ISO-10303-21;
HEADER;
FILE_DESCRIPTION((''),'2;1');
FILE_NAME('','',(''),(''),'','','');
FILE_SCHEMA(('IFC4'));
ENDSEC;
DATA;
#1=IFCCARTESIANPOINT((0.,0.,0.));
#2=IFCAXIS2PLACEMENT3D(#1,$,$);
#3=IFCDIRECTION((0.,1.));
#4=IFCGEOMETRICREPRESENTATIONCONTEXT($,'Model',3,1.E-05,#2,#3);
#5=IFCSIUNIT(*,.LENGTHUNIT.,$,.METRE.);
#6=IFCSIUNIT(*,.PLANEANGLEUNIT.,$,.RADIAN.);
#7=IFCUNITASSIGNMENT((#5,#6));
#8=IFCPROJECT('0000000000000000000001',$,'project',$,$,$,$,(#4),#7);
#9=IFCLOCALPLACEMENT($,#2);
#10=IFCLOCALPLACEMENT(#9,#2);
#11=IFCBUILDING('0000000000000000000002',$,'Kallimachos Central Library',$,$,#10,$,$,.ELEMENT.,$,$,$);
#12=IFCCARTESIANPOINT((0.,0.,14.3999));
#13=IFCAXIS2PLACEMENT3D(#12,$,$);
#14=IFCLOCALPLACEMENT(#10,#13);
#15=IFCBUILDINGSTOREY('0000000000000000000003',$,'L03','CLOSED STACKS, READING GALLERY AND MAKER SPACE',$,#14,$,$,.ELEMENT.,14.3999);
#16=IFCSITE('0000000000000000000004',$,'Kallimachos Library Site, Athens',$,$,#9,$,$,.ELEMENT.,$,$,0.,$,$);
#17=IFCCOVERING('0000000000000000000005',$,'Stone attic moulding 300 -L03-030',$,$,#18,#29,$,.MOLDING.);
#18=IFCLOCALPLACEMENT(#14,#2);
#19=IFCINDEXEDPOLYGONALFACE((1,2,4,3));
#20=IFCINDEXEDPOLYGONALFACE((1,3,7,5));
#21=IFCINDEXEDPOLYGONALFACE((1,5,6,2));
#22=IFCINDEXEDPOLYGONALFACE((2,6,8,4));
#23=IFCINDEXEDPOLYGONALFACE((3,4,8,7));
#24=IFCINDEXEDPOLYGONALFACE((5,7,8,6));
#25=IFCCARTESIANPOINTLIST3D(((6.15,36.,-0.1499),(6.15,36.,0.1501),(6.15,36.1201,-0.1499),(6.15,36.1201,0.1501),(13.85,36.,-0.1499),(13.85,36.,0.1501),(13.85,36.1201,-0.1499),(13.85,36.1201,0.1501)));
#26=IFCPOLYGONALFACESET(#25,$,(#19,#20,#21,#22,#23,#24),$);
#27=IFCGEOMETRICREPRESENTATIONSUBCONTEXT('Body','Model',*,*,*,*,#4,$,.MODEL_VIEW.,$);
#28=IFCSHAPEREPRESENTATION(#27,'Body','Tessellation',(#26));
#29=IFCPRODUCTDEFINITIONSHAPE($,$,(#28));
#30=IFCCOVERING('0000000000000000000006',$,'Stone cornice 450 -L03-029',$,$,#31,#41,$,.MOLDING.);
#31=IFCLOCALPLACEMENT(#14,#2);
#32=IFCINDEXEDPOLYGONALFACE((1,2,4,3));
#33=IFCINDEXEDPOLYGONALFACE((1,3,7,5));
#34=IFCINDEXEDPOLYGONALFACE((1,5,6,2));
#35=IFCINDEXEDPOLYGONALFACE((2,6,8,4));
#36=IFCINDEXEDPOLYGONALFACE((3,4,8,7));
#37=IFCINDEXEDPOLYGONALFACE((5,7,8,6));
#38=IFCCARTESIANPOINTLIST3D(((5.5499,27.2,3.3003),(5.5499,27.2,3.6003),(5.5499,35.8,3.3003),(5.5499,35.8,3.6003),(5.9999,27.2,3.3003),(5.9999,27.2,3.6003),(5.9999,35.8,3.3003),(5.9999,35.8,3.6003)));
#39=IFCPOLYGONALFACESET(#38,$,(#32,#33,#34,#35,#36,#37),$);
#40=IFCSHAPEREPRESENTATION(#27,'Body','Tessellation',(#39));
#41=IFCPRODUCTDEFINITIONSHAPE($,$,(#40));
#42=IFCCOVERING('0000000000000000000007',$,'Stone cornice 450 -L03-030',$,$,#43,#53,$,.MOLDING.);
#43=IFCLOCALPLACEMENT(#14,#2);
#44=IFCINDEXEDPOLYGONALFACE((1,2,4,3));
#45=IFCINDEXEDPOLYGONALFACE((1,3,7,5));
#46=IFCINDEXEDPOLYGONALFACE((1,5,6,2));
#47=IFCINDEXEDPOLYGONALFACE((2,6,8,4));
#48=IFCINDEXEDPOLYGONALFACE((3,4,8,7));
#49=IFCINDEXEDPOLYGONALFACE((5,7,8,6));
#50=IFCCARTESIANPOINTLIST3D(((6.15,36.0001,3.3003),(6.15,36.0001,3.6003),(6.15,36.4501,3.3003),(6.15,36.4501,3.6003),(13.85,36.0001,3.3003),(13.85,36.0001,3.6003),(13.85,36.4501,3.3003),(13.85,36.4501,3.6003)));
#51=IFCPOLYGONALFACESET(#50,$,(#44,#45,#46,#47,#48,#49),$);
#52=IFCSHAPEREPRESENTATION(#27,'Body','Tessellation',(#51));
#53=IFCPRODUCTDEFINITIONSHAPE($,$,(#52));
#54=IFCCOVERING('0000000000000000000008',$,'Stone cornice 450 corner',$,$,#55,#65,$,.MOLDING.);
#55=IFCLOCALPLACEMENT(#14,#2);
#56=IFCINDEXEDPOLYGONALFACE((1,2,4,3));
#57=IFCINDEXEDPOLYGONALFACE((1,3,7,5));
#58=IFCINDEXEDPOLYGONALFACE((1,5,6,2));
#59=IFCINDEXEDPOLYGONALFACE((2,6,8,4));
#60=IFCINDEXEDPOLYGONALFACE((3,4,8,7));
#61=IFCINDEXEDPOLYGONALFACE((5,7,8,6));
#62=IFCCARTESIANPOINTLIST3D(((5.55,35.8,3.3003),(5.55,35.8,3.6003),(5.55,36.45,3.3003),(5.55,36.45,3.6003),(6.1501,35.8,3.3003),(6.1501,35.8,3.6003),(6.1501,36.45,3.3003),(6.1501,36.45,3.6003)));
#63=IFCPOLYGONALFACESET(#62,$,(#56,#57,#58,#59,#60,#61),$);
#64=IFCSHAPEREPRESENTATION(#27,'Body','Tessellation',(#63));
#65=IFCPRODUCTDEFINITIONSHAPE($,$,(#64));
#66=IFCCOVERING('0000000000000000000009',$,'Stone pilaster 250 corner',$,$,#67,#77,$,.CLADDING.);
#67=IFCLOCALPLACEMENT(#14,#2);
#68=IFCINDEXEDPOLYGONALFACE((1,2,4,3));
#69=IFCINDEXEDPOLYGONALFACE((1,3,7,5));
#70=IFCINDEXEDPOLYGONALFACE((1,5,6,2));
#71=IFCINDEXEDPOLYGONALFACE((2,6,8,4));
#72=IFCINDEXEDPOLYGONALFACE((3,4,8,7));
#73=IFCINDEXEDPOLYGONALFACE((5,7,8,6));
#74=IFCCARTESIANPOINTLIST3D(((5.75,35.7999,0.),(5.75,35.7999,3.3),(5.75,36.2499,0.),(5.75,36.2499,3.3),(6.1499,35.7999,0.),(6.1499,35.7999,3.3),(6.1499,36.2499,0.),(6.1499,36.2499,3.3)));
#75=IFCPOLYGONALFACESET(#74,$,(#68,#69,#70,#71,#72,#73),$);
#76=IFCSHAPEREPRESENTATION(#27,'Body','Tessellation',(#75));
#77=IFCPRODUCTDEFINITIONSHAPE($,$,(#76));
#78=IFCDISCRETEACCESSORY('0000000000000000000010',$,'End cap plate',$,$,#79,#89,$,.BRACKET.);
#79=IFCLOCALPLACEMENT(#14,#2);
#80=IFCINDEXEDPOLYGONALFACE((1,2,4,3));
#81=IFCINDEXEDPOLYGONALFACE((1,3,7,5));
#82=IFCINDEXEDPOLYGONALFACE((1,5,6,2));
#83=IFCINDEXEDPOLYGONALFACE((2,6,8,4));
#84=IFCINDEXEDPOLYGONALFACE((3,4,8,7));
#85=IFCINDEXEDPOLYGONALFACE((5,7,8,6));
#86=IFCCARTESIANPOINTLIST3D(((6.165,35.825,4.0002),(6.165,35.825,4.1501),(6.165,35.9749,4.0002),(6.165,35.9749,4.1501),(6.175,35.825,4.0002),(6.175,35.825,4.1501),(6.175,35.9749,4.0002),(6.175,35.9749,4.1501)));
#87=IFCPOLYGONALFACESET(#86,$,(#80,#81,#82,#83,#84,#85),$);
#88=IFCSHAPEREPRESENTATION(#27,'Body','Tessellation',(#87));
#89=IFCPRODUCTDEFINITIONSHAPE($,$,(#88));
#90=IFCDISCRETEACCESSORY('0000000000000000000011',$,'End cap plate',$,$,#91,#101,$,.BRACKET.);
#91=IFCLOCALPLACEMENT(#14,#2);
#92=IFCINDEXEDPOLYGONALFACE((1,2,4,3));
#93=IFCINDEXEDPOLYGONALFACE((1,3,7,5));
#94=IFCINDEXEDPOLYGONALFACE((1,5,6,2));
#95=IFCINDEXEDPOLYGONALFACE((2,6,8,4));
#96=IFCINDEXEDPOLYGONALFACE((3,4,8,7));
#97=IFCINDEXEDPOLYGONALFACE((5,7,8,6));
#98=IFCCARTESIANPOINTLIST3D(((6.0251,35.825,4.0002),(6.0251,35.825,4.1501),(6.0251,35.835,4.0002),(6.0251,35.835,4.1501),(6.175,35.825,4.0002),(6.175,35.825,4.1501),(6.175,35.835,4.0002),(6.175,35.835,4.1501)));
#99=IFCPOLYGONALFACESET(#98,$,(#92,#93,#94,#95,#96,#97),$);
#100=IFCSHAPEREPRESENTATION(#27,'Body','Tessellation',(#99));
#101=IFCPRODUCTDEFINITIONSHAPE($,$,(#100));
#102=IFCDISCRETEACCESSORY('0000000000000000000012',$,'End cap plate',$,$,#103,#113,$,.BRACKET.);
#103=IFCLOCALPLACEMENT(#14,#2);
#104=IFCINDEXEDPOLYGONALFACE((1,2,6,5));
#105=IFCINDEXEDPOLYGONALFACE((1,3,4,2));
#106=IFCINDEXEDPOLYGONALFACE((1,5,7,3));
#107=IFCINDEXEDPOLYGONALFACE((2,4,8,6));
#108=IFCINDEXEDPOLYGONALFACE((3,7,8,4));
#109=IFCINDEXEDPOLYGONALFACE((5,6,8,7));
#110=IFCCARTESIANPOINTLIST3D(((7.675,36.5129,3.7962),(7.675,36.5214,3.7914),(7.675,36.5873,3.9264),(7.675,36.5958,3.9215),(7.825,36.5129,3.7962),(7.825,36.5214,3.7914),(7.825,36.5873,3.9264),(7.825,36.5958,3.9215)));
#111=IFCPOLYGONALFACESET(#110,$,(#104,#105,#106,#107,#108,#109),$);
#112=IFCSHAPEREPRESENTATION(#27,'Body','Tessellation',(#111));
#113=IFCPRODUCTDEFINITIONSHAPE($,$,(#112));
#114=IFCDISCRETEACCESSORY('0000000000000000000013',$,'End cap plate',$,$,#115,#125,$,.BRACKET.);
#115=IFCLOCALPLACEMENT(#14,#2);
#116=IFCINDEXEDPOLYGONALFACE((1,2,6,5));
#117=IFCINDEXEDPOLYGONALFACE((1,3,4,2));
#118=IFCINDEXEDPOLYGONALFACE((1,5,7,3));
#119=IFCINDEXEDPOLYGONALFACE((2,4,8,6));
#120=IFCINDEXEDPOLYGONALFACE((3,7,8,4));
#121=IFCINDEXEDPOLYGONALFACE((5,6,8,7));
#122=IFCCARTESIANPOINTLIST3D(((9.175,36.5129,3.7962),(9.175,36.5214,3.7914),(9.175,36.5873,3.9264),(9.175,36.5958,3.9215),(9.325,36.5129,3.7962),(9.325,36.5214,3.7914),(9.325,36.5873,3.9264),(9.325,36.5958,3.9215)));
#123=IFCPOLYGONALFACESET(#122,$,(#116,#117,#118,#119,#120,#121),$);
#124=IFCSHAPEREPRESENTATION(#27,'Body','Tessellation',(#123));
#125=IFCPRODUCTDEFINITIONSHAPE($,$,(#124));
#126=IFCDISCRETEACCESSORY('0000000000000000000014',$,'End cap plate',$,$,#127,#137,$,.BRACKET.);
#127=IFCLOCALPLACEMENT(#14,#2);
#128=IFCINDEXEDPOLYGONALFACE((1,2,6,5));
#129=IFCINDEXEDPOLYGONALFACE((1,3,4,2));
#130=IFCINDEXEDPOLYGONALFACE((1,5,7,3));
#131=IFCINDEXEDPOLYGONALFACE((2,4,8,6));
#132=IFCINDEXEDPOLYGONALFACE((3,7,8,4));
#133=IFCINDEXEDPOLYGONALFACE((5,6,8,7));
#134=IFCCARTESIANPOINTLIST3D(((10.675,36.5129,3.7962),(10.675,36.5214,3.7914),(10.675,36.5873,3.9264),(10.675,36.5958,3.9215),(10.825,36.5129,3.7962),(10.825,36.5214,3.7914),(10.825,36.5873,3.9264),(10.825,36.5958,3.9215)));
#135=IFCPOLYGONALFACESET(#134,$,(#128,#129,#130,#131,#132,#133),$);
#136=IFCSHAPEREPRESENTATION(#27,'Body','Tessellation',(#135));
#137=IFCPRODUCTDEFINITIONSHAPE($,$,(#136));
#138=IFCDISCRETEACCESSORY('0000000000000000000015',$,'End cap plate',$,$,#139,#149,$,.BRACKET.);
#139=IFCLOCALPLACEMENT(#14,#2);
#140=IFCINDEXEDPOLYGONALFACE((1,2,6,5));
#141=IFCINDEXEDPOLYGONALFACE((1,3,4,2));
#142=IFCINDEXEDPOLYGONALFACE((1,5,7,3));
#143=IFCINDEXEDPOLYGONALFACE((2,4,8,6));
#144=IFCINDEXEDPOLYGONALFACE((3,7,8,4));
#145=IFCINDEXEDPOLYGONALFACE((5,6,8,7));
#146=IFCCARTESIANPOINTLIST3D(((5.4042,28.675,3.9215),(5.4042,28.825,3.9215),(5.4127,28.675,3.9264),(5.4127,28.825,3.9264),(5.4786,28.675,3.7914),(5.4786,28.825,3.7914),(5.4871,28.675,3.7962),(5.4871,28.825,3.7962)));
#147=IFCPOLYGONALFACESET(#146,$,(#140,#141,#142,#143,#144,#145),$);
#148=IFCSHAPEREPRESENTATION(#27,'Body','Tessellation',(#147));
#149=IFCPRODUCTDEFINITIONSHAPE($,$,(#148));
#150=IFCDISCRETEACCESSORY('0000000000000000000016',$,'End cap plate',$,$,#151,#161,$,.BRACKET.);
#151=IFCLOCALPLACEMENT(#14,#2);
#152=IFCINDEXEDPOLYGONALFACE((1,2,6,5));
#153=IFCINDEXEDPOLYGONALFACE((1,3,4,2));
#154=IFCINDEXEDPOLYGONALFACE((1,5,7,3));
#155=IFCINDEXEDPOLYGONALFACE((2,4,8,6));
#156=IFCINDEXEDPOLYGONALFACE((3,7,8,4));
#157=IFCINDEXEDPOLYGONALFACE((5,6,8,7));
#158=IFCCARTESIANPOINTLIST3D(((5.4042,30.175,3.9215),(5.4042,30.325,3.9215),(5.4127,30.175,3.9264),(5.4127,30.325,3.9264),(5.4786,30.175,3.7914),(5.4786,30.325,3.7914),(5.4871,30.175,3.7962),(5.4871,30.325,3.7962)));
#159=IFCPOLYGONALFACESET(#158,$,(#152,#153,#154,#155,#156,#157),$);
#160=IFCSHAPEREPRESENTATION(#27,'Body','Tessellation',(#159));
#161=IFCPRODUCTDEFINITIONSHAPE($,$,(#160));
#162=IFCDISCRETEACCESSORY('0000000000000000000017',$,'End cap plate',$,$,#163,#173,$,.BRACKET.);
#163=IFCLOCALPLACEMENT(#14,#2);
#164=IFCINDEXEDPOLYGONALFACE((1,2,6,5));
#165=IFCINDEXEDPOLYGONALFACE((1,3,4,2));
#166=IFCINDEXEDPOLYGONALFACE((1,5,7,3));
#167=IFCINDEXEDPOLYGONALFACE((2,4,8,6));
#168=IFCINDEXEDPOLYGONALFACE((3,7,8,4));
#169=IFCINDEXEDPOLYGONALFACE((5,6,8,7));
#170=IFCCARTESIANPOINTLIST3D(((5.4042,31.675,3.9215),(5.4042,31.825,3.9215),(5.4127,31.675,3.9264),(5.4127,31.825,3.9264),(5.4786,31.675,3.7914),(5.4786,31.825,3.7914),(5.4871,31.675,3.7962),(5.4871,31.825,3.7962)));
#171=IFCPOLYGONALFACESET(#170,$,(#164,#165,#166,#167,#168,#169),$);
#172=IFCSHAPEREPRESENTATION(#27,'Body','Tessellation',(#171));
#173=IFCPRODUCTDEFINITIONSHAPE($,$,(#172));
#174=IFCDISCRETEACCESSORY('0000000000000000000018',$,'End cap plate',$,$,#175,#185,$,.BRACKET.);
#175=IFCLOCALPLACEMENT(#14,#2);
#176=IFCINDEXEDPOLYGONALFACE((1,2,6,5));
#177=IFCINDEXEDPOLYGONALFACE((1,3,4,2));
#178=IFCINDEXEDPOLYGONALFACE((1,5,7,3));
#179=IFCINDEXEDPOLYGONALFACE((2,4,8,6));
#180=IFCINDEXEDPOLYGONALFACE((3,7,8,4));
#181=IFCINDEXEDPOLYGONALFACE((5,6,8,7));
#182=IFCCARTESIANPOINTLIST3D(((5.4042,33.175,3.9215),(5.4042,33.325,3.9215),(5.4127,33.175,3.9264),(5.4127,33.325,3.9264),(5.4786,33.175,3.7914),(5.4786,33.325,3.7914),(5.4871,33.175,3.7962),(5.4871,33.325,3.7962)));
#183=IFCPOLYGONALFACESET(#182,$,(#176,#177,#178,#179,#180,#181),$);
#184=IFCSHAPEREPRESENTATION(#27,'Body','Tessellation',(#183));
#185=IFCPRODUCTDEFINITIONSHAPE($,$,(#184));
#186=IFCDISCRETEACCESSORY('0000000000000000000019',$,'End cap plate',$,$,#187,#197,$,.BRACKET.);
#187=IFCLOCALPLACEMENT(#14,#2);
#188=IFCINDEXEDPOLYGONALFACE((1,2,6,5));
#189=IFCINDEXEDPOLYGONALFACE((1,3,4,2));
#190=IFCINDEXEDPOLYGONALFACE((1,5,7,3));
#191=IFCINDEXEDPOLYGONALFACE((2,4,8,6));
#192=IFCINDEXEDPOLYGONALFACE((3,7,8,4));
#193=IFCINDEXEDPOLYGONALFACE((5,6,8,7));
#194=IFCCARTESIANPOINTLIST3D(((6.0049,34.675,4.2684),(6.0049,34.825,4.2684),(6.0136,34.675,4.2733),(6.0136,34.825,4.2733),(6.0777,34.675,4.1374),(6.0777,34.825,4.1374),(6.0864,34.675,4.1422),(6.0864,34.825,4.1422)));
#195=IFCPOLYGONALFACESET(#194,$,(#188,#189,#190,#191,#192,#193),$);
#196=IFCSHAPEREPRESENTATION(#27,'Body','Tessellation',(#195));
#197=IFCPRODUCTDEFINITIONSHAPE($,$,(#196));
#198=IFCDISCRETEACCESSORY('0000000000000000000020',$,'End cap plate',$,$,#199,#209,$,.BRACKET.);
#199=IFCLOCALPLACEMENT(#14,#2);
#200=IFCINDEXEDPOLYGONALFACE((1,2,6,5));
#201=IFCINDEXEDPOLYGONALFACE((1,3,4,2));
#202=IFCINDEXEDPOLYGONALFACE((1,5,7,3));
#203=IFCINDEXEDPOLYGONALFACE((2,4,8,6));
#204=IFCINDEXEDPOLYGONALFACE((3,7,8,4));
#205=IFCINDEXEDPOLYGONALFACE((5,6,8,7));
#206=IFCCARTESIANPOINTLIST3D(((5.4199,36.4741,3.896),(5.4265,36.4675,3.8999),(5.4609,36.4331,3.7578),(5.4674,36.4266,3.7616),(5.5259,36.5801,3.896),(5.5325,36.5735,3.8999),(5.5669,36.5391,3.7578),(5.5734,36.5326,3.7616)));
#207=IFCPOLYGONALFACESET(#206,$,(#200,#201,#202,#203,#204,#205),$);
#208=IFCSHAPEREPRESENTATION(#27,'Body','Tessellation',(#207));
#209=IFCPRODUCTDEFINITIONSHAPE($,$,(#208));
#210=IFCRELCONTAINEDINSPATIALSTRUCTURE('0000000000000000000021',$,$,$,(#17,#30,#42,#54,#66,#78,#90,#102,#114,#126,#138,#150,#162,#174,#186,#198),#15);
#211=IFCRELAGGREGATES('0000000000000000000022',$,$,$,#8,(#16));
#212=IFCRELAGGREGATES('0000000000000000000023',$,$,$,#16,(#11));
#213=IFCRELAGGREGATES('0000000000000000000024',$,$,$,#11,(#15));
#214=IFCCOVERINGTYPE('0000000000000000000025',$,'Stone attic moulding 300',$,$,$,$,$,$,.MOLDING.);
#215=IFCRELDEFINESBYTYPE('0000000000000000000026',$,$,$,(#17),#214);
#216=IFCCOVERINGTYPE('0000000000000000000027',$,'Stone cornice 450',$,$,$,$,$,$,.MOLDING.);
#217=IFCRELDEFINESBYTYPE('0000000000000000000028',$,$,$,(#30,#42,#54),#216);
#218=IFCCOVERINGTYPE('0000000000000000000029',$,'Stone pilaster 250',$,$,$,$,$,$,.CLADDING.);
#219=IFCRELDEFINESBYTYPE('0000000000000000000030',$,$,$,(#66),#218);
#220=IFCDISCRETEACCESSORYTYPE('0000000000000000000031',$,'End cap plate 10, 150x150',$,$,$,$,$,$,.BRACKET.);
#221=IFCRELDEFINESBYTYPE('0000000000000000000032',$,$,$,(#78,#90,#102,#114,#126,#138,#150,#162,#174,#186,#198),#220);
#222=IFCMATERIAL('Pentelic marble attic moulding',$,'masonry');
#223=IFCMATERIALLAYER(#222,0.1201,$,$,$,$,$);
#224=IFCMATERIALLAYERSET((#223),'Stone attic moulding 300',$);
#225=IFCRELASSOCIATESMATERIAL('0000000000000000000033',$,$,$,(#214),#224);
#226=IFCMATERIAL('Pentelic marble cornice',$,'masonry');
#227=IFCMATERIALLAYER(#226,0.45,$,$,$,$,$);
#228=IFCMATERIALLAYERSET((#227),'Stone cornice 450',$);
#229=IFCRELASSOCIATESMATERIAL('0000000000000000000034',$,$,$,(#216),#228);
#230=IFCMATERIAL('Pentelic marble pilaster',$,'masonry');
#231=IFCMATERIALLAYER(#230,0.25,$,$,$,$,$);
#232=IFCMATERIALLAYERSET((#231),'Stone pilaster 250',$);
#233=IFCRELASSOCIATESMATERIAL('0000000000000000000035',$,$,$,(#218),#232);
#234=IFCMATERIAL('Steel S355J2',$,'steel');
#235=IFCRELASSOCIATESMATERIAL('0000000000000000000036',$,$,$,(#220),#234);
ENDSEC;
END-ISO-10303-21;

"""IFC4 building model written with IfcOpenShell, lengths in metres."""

from ifc_helpers import new_model, si_unit, direction, frame, origin, origin_2d, place, context, subcontext, project, spatial, rectangle, extrude, material, layer, layer_set, material_profile, profile_set, type_object, element, save


model = new_model("IFC4")

# Units and contexts
model_context = context("Model", 3, precision=1e-05, world=origin(), true_north=direction((0.0, 1.0)))
body_context = subcontext(model_context, "Body", "Model", "MODEL_VIEW")
ifc_project = project(units=[si_unit("LENGTHUNIT", "METRE"), si_unit("PLANEANGLEUNIT", "RADIAN")], contexts=[model_context])

# Site, building, storey
site_placement = place(None, origin())
site = spatial("IfcSite", under=ifc_project, at=site_placement, Name="Kallimachos Library Site, Athens", CompositionType="ELEMENT", RefElevation=0.0)
building_placement = place(site_placement, origin())
building = spatial("IfcBuilding", under=site, at=building_placement, Name="Kallimachos Central Library", CompositionType="ELEMENT")
storey_placement = place(building_placement, frame((0.0, 0.0, 14.3999)))
storey = spatial("IfcBuildingStorey", under=building, at=storey_placement, Name="L03", Description="CLOSED STACKS, READING GALLERY AND MAKER SPACE", CompositionType="ELEMENT", Elevation=14.3999)

# Coverings
ifc_material_1 = material(Name="Pentelic marble attic moulding", Category="masonry")
ifc_layer_1 = layer(ifc_material_1, 0.1201)
ifc_layer_set_1 = layer_set([ifc_layer_1], Name="Stone attic moulding 300")
covering_type_1 = type_object("IfcCoveringType", Name="Stone attic moulding 300", PredefinedType="MOLDING", material=ifc_layer_set_1)
covering_1_placement = place(storey_placement, frame((10.0, 36.0601, -0.1499), z_axis=(0.0, 0.0, 1.0), x_axis=(1.0, 0.0, 0.0)))
element("IfcCovering", 1, at=covering_1_placement, inside=storey, type_object=covering_type_1, Name="Stone attic moulding 300 -L03-030", PredefinedType="MOLDING", context=body_context, shape_type="SweptSolid", body=[
    extrude(rectangle(XDim=7.7, YDim=0.1201, at=origin_2d()), origin(), (0.0, 0.0, 1.0), 0.3),
])
ifc_material_2 = material(Name="Pentelic marble cornice", Category="masonry")
ifc_layer_2 = layer(ifc_material_2, 0.45)
ifc_layer_set_2 = layer_set([ifc_layer_2], Name="Stone cornice 450")
covering_type_2 = type_object("IfcCoveringType", Name="Stone cornice 450", PredefinedType="MOLDING", material=ifc_layer_set_2)
covering_2_placement = place(storey_placement, frame((5.7749, 31.5, 3.3003), z_axis=(0.0, 0.0, 1.0), x_axis=(1.0, 0.0, 0.0)))
element("IfcCovering", 2, at=covering_2_placement, inside=storey, type_object=covering_type_2, Name="Stone cornice 450 -L03-029", PredefinedType="MOLDING", context=body_context, shape_type="SweptSolid", body=[
    extrude(rectangle(XDim=0.45, YDim=8.6001, at=origin_2d()), origin(), (0.0, 0.0, 1.0), 0.3),
])
covering_3_placement = place(storey_placement, frame((10.0, 36.2251, 3.3003), z_axis=(0.0, 0.0, 1.0), x_axis=(1.0, 0.0, 0.0)))
element("IfcCovering", 3, at=covering_3_placement, inside=storey, type_object=covering_type_2, Name="Stone cornice 450 -L03-030", PredefinedType="MOLDING", context=body_context, shape_type="SweptSolid", body=[
    extrude(rectangle(XDim=7.7, YDim=0.45, at=origin_2d()), origin(), (0.0, 0.0, 1.0), 0.3),
])
covering_4_placement = place(storey_placement, frame((5.8501, 36.125, 3.3003), z_axis=(0.0, 0.0, 1.0), x_axis=(1.0, 0.0, 0.0)))
element("IfcCovering", 4, at=covering_4_placement, inside=storey, type_object=covering_type_2, Name="Stone cornice 450 corner", PredefinedType="MOLDING", context=body_context, shape_type="SweptSolid", body=[
    extrude(rectangle(XDim=0.6001, YDim=0.6499, at=origin_2d()), origin(), (0.0, 0.0, 1.0), 0.3),
])
ifc_material_3 = material(Name="Pentelic marble pilaster", Category="masonry")
ifc_layer_3 = layer(ifc_material_3, 0.25)
ifc_layer_set_3 = layer_set([ifc_layer_3], Name="Stone pilaster 250")
covering_type_3 = type_object("IfcCoveringType", Name="Stone pilaster 250", PredefinedType="CLADDING", material=ifc_layer_set_3)
covering_5_placement = place(storey_placement, frame((5.95, 36.0249, 0.0), z_axis=(0.0, 0.0, 1.0), x_axis=(1.0, 0.0, 0.0)))
element("IfcCovering", 5, at=covering_5_placement, inside=storey, type_object=covering_type_3, Name="Stone pilaster 250 corner", PredefinedType="CLADDING", context=body_context, shape_type="SweptSolid", body=[
    extrude(rectangle(XDim=0.3999, YDim=0.45, at=origin_2d()), origin(), (0.0, 0.0, 1.0), 3.3),
])

# Discrete accessories
ifc_material_4 = material(Name="Steel S355J2", Category="steel")
ifc_material_profile_1 = material_profile(ifc_material_4, rectangle(XDim=0.1499, YDim=0.1499, at=origin_2d()), Name="End cap plate 10, 150x150")
ifc_profile_set_1 = profile_set([ifc_material_profile_1], Name="Steel S355J2")
discrete_accessory_type = type_object("IfcDiscreteAccessoryType", Name="End cap plate 10, 150x150", PredefinedType="BRACKET", material=ifc_profile_set_1)
for number, where, z_axis, x_axis, name in (
    (6, (6.165, 35.8999, 4.0752), (1.0, 0.0, 0.0), (0.0, 1.0, 0.0), "End cap plate"),
    (7, (6.1001, 35.825, 4.0752), (0.0, 1.0, 0.0), (-1.0, 0.0, 0.0), "End cap plate"),
):
    element("IfcDiscreteAccessory", number, at=place(storey_placement, frame(where, z_axis=z_axis, x_axis=x_axis)), inside=storey, type_object=discrete_accessory_type, Name=name, PredefinedType="BRACKET", context=body_context, shape_type="SweptSolid", body=[
        extrude(rectangle(XDim=0.1499, YDim=0.1499, at=origin_2d()), origin(), (0.0, 0.0, 1.0), 0.01),
    ])
for number, where, z_axis, x_axis, name in (
    (8, (7.75, 36.5586, 3.8564), (0.0, -0.868243, 0.496139), (1.0, 0.0, 0.0), "End cap plate"),
    (9, (9.25, 36.5586, 3.8564), (0.0, -0.868243, 0.496139), (1.0, 0.0, 0.0), "End cap plate"),
    (10, (10.75, 36.5586, 3.8564), (0.0, -0.868243, 0.496139), (1.0, 0.0, 0.0), "End cap plate"),
    (11, (5.4414, 28.75, 3.8564), (0.868243, 0.0, 0.496139), (0.0, 1.0, 0.0), "End cap plate"),
    (12, (5.4414, 30.25, 3.8564), (0.868243, 0.0, 0.496139), (0.0, 1.0, 0.0), "End cap plate"),
    (13, (5.4414, 31.75, 3.8564), (0.868243, 0.0, 0.496139), (0.0, 1.0, 0.0), "End cap plate"),
    (14, (5.4414, 33.25, 3.8564), (0.868243, 0.0, 0.496139), (0.0, 1.0, 0.0), "End cap plate"),
):
    element("IfcDiscreteAccessory", number, at=place(storey_placement, frame(where, z_axis=z_axis, x_axis=x_axis)), inside=storey, type_object=discrete_accessory_type, Name=name, PredefinedType="BRACKET", context=body_context, shape_type="SweptSolid", body=[
        extrude(rectangle(XDim=0.1499, YDim=0.1499, at=origin_2d()), origin(), (0.0, 0.0, 1.0), 0.0098),
    ])
for number, where, z_axis, x_axis, name in (
    (15, (6.0413, 34.75, 4.2029), (0.874157, 0.0, 0.485643), (0.0, 1.0, 0.0), "End cap plate"),
    (16, (5.4934, 36.5066, 3.8269), (0.652166, -0.652166, 0.386469), (0.707107, 0.707107, 0.0), "End cap plate"),
):
    element("IfcDiscreteAccessory", number, at=place(storey_placement, frame(where, z_axis=z_axis, x_axis=x_axis)), inside=storey, type_object=discrete_accessory_type, Name=name, PredefinedType="BRACKET", context=body_context, shape_type="SweptSolid", body=[
        extrude(rectangle(XDim=0.1499, YDim=0.1499, at=origin_2d()), origin(), (0.0, 0.0, 1.0), 0.01),
    ])

save(model, "model.ifc")
